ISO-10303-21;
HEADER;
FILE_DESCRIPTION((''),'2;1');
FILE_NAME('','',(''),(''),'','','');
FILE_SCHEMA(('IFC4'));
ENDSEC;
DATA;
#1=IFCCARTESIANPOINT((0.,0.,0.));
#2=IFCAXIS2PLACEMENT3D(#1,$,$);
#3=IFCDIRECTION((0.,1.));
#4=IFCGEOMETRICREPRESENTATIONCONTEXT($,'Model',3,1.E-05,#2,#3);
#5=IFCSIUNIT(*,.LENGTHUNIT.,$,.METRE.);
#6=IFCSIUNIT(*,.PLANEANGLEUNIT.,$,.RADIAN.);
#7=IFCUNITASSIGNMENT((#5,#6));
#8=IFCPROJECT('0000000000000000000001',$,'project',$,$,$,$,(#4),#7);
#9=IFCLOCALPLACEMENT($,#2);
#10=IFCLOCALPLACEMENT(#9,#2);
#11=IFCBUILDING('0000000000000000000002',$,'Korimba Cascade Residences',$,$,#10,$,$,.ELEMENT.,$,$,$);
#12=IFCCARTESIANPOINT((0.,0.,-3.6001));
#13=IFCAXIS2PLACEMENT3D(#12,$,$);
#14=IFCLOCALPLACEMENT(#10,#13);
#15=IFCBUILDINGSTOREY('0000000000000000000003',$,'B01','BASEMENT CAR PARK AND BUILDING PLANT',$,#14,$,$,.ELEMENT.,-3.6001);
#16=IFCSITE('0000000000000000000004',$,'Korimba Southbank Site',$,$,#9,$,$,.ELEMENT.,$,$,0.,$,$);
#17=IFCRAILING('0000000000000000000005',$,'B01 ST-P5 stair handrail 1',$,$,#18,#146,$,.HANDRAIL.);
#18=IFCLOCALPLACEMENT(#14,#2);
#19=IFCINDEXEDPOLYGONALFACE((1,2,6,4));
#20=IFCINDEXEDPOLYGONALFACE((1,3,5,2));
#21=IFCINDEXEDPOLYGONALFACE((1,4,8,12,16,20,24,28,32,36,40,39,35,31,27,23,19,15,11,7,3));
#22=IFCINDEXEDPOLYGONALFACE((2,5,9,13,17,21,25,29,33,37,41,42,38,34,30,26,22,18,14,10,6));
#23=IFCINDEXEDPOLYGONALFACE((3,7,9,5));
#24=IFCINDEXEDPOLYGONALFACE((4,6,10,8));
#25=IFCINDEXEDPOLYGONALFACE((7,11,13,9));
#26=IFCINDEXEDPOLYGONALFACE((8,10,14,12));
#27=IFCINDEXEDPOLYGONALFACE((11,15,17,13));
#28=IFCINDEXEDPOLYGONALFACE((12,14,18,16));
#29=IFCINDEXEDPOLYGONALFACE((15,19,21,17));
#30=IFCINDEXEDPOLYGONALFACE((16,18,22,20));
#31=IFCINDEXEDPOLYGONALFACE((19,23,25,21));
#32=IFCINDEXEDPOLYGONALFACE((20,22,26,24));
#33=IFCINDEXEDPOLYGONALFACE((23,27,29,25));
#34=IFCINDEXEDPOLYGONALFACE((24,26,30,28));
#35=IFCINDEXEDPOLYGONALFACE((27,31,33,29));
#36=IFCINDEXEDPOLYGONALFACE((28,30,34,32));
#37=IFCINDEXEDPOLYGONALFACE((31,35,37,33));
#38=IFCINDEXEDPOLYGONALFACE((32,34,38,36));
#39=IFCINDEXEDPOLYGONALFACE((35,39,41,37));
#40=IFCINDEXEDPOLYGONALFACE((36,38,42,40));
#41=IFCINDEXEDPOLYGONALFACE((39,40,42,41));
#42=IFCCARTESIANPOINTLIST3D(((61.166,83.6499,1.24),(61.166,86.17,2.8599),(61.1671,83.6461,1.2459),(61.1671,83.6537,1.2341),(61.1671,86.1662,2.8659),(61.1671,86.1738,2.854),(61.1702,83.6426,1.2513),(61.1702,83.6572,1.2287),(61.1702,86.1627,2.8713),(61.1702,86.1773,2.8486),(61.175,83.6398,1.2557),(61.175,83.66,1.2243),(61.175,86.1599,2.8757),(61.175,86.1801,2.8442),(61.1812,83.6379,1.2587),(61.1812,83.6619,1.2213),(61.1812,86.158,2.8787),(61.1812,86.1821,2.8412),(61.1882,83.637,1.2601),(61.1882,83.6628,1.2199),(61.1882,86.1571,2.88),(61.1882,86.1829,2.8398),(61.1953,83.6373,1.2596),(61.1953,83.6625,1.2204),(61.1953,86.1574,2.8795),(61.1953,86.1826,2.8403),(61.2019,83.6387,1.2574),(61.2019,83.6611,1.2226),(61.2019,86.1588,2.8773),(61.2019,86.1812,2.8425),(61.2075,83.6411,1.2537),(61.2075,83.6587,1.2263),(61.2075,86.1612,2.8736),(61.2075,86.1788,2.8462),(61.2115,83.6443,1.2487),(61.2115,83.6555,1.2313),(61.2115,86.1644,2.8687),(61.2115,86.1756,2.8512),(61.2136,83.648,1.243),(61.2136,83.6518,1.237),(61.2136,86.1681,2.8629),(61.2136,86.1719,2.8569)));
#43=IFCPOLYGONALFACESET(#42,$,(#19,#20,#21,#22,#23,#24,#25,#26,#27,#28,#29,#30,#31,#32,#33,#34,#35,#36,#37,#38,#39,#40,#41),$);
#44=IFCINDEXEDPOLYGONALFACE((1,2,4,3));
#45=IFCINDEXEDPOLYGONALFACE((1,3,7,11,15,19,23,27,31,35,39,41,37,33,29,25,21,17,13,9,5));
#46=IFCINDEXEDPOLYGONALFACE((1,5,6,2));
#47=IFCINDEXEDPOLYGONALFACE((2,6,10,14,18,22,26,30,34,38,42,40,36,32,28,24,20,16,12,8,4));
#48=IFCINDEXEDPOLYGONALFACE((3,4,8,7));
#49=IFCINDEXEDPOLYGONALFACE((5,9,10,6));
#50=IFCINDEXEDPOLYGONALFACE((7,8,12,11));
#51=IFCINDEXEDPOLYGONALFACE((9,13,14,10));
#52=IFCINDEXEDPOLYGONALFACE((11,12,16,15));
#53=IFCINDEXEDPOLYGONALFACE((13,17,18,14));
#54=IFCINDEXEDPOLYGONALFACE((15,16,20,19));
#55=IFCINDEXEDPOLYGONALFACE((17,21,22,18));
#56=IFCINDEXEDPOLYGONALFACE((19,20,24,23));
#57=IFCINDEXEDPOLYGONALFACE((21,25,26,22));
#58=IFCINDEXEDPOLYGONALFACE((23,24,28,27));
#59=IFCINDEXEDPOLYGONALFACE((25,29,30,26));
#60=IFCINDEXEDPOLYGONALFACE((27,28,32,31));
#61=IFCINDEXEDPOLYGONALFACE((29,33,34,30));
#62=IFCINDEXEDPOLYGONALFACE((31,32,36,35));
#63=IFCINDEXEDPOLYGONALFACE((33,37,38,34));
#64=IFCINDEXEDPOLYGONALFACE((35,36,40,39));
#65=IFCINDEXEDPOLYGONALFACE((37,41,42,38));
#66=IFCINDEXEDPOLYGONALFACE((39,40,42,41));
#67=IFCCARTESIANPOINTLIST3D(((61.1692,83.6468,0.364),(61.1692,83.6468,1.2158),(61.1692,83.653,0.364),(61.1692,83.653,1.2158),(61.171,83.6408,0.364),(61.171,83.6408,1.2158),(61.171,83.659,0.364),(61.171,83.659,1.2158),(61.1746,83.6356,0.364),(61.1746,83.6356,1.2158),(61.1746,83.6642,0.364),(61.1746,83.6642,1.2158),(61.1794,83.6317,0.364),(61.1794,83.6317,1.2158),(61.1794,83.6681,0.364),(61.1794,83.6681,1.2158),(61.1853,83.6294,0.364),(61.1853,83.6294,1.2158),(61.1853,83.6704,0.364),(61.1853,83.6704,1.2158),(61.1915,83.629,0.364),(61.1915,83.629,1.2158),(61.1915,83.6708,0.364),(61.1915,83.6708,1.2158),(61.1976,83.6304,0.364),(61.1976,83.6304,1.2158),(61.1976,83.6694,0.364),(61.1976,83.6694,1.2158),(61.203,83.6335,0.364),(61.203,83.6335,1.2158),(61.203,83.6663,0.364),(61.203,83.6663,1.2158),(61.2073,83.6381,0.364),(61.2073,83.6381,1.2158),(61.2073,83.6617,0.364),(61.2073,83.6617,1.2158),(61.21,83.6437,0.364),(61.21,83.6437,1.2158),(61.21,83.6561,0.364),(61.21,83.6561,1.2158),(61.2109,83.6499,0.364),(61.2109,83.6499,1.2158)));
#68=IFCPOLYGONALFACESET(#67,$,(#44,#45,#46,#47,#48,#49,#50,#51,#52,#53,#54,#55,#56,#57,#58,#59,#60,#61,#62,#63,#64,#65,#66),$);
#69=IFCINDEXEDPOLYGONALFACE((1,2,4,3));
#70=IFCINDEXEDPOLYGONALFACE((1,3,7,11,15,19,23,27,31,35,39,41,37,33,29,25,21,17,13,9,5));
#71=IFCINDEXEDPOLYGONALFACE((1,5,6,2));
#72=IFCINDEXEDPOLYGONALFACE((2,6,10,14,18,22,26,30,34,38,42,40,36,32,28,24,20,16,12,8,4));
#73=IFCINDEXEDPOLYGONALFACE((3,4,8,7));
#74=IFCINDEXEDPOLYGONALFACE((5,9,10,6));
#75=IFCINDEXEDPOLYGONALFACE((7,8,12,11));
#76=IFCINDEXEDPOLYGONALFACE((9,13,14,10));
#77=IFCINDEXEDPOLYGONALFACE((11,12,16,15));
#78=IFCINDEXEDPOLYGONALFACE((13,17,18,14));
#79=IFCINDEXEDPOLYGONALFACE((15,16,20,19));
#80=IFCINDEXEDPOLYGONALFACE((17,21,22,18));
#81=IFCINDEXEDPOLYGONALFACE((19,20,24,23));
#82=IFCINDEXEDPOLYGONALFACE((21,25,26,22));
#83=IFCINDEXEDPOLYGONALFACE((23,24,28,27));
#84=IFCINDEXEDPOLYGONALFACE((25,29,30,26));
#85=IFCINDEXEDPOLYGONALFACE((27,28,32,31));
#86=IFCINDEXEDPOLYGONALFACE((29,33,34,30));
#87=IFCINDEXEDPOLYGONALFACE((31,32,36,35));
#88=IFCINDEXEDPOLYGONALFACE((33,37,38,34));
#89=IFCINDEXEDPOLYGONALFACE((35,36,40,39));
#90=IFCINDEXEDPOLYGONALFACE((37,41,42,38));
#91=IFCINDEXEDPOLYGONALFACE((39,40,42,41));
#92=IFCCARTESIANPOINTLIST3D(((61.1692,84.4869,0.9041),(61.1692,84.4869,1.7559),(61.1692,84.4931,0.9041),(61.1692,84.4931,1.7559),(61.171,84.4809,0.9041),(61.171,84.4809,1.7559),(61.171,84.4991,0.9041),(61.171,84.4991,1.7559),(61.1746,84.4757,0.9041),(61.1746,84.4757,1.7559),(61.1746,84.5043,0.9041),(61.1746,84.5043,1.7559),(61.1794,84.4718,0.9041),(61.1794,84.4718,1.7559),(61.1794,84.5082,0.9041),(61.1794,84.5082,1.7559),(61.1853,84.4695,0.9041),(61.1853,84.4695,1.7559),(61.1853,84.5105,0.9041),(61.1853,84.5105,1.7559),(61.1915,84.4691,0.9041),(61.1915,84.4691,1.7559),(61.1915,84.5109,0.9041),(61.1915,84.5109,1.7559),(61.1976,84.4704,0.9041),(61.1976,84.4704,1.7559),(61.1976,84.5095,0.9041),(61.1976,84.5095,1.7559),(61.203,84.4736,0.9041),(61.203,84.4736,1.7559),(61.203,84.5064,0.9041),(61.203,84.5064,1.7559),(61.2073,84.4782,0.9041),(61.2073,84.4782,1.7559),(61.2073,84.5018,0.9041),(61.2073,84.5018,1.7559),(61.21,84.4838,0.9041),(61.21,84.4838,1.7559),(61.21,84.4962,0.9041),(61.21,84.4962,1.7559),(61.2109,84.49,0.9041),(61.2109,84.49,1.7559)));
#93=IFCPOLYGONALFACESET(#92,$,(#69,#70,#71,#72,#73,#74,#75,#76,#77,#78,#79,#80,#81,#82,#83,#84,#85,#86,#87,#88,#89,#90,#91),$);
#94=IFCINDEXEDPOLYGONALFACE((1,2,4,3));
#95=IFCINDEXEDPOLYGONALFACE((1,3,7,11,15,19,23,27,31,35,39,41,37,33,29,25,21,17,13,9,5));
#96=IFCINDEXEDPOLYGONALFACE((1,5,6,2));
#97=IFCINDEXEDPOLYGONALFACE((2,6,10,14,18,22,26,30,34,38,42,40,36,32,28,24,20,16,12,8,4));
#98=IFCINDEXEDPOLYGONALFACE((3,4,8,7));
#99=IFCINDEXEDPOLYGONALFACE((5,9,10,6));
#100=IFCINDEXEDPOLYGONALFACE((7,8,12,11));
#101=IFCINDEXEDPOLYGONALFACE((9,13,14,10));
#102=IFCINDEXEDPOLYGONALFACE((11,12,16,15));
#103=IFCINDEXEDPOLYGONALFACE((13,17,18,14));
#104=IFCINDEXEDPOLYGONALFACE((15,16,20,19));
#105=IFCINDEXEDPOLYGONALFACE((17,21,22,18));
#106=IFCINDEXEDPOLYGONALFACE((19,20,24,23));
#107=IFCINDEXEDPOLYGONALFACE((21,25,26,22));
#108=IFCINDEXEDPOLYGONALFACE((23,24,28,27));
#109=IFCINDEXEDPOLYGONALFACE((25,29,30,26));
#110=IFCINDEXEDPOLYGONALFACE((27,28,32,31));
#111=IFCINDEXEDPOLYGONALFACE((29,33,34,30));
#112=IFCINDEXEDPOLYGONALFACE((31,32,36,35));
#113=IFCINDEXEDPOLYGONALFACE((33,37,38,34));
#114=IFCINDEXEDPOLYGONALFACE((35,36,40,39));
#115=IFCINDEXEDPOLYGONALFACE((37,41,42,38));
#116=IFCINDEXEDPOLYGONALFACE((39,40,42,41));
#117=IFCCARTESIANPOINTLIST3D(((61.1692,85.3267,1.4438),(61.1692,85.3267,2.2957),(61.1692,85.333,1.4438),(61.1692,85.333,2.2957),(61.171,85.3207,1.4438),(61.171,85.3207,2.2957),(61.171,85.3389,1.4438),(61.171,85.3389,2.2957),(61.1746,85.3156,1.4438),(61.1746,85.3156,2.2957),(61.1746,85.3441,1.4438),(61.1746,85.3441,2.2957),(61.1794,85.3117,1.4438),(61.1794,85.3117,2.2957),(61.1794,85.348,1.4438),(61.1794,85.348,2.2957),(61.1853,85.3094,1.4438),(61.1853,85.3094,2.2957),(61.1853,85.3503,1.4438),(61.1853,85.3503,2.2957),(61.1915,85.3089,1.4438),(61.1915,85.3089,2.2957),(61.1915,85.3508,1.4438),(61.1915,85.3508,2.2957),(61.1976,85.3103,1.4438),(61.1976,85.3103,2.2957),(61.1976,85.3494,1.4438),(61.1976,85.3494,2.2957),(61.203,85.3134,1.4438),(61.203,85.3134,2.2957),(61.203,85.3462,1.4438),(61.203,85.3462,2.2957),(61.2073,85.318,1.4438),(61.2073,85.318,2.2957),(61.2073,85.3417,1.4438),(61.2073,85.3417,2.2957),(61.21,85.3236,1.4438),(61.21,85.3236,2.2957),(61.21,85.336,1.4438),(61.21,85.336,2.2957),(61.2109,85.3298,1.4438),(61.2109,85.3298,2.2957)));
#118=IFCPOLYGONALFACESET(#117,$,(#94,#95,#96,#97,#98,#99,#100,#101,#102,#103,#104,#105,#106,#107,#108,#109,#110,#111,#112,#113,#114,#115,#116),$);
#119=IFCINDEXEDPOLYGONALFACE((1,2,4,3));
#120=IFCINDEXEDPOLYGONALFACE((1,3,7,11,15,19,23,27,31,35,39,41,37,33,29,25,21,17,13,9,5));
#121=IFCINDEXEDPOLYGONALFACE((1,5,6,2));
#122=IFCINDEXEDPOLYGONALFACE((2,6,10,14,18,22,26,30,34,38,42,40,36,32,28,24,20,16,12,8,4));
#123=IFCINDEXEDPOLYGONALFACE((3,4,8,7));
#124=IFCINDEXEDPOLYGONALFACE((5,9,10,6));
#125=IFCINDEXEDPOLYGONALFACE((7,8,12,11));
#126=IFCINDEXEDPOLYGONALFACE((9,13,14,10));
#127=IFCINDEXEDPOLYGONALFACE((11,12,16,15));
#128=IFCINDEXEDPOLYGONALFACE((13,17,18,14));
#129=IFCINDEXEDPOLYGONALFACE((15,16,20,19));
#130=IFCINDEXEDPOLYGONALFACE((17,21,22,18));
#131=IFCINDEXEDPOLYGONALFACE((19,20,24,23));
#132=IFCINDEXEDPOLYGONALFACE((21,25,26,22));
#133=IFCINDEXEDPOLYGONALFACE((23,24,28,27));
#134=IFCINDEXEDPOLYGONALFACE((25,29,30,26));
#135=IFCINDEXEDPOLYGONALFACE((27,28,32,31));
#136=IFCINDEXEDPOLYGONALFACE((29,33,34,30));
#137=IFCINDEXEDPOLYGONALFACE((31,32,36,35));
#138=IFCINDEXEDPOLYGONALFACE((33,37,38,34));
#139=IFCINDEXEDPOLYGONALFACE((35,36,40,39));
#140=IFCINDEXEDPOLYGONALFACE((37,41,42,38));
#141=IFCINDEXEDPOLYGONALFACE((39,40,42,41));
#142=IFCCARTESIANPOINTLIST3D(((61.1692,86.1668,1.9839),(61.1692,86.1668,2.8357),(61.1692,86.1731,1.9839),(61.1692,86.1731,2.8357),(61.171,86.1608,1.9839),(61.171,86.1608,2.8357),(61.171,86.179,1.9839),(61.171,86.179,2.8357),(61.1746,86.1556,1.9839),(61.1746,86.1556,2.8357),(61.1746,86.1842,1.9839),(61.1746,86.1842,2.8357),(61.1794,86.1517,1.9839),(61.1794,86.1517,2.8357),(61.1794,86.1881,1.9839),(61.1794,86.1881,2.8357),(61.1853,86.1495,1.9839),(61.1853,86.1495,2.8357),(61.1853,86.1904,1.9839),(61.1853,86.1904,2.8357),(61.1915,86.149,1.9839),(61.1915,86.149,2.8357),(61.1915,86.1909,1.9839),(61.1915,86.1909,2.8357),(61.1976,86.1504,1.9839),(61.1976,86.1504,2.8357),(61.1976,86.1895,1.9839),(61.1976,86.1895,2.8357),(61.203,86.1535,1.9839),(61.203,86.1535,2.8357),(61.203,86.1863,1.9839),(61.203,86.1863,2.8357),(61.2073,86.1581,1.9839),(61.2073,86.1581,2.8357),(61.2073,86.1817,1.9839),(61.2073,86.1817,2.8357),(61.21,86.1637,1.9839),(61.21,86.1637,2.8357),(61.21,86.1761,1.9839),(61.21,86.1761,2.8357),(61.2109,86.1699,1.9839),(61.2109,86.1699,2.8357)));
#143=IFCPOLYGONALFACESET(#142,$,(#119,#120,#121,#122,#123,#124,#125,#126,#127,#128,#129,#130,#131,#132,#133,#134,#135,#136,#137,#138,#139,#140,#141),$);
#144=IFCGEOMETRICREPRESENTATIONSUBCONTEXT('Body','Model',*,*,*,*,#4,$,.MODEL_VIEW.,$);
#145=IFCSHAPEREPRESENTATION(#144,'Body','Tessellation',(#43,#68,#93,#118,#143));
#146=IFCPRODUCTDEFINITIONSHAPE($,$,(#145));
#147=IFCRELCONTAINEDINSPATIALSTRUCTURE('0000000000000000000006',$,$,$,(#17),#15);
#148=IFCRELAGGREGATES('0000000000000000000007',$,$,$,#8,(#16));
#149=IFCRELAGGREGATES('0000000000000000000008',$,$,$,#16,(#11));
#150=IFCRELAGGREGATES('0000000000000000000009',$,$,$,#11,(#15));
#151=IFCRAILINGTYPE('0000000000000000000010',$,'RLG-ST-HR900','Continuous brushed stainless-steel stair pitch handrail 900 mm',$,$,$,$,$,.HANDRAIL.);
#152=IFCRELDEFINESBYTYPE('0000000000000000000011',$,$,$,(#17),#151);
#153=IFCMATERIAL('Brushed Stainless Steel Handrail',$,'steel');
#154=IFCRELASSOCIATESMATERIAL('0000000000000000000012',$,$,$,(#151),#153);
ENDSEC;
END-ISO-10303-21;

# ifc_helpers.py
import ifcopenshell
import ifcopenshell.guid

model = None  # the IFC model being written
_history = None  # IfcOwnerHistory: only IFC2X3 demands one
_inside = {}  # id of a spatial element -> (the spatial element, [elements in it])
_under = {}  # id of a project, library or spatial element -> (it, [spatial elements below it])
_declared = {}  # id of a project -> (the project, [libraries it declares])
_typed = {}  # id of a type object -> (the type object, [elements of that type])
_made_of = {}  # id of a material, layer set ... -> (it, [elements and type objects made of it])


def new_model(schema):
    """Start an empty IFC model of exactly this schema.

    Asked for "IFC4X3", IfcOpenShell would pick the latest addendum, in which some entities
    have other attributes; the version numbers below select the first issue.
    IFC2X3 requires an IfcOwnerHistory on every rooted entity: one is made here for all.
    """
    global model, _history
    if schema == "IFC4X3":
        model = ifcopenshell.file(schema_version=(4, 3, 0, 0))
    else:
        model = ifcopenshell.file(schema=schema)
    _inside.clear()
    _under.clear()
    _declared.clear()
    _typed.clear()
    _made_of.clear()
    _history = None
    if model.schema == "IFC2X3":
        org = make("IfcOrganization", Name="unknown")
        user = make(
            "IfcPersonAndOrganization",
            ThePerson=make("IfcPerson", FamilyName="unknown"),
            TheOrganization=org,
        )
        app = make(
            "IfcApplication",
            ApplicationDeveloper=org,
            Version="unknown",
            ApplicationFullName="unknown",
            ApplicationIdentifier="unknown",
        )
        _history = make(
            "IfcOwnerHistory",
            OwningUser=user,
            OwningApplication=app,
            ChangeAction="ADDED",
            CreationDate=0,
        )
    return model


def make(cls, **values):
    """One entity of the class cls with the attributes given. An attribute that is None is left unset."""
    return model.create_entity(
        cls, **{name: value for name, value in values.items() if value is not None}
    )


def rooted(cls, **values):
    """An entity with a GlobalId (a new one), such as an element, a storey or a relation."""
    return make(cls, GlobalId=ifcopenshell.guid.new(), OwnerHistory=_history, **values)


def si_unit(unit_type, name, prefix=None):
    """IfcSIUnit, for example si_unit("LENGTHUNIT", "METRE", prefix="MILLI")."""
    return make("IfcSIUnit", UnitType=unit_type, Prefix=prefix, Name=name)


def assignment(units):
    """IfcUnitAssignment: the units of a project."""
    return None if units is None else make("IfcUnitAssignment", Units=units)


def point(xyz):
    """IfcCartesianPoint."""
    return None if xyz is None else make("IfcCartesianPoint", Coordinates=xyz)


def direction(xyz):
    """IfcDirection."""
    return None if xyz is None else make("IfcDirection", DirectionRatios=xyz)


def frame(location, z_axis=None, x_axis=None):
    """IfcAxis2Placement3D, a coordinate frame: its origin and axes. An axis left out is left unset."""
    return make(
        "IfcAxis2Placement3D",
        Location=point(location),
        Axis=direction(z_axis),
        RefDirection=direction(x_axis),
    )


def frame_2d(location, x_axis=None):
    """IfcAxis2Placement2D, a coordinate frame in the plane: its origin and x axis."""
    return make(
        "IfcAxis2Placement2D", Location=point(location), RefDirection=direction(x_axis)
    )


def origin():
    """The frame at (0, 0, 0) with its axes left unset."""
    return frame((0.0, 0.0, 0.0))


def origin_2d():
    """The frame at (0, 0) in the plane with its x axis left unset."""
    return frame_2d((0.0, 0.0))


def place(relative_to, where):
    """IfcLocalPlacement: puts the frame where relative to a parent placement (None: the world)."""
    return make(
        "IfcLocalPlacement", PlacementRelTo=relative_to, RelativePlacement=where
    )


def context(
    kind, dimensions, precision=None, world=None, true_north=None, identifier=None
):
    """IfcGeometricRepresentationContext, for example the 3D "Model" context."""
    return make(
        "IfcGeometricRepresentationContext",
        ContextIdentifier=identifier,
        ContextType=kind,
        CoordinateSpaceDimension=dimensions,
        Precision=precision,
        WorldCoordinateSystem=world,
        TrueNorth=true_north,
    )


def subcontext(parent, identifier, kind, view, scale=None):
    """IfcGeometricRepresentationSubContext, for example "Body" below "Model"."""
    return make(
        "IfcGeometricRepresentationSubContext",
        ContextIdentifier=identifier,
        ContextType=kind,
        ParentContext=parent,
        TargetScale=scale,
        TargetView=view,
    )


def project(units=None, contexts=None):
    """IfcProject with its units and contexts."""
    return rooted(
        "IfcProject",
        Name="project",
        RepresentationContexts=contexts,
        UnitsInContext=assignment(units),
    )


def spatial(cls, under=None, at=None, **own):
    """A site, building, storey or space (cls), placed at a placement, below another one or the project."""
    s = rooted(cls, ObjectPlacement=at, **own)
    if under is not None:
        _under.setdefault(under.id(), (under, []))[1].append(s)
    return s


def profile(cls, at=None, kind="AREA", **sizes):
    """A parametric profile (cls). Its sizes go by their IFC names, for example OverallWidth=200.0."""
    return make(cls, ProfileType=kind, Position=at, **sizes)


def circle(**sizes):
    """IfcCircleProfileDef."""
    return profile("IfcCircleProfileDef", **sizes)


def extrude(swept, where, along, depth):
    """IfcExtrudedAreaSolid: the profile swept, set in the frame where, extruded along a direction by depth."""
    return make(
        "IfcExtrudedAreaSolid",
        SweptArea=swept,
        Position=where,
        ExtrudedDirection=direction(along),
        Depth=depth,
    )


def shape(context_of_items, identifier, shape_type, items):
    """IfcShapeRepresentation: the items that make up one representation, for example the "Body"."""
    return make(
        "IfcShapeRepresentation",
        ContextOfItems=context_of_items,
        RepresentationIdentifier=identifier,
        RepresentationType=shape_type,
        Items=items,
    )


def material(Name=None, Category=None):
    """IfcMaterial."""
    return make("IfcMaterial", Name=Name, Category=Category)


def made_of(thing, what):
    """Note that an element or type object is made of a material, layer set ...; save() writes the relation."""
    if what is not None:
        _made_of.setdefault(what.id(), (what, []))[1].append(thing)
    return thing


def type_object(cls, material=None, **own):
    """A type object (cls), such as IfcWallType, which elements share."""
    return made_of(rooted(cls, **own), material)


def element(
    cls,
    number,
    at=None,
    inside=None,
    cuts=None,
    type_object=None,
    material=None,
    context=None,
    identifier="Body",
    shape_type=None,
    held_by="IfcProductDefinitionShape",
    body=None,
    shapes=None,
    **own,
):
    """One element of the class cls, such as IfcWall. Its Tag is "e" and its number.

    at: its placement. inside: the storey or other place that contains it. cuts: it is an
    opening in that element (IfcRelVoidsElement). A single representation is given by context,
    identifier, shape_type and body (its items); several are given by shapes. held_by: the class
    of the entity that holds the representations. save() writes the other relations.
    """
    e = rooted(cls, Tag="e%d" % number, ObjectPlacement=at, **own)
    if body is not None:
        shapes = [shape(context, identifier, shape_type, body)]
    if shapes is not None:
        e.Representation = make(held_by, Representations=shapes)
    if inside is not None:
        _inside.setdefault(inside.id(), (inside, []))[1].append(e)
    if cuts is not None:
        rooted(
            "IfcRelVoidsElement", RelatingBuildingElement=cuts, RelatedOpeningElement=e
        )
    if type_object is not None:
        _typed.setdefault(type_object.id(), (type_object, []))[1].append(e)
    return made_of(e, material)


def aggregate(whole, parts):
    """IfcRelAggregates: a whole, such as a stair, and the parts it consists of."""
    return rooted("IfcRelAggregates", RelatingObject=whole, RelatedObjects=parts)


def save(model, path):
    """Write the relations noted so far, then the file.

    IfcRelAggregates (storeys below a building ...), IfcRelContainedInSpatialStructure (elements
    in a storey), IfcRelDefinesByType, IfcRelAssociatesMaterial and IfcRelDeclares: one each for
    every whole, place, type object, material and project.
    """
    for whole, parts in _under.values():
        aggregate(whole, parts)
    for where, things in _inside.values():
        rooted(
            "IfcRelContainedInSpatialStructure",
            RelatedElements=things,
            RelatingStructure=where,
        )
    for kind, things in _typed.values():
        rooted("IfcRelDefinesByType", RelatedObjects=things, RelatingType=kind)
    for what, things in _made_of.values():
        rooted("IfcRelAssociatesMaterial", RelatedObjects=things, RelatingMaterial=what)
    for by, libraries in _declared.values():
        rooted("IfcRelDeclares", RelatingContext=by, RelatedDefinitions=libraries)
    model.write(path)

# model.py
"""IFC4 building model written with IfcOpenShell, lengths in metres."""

from ifc_helpers import new_model, si_unit, direction, frame, origin, origin_2d, place, context, subcontext, project, spatial, circle, extrude, material, type_object, element, save


model = new_model("IFC4")

# Units and contexts
model_context = context("Model", 3, precision=1e-05, world=origin(), true_north=direction((0.0, 1.0)))
body_context = subcontext(model_context, "Body", "Model", "MODEL_VIEW")
ifc_project = project(units=[si_unit("LENGTHUNIT", "METRE"), si_unit("PLANEANGLEUNIT", "RADIAN")], contexts=[model_context])

# Site, building, storey
site_placement = place(None, origin())
site = spatial("IfcSite", under=ifc_project, at=site_placement, Name="Korimba Southbank Site", CompositionType="ELEMENT", RefElevation=0.0)
building_placement = place(site_placement, origin())
building = spatial("IfcBuilding", under=site, at=building_placement, Name="Korimba Cascade Residences", CompositionType="ELEMENT")
storey_placement = place(building_placement, frame((0.0, 0.0, -3.6001)))
storey = spatial("IfcBuildingStorey", under=building, at=storey_placement, Name="B01", Description="BASEMENT CAR PARK AND BUILDING PLANT", CompositionType="ELEMENT", Elevation=-3.6001)

# Railing
ifc_material_1 = material(Name="Brushed Stainless Steel Handrail", Category="steel")
railing_type_1 = type_object("IfcRailingType", Name="RLG-ST-HR900", Description="Continuous brushed stainless-steel stair pitch handrail 900 mm", PredefinedType="HANDRAIL", material=ifc_material_1)
railing_1_placement = place(storey_placement, frame((61.1899, 83.6499, 0.364)))
element("IfcRailing", 1, at=railing_1_placement, inside=storey, type_object=railing_type_1, Name="B01 ST-P5 stair handrail 1", PredefinedType="HANDRAIL", context=body_context, shape_type="SweptSolid", body=[
    extrude(circle(Radius=0.0239, at=origin_2d()), frame((0.0, 0.0, 0.876), z_axis=(0.0, 0.8412, 0.540725), x_axis=(-1.0, 0.0, 0.0)), (0.0, 0.0, 1.0), 2.9958),
    extrude(circle(Radius=0.021, at=origin_2d()), origin(), (0.0, 0.0, 1.0), 0.8518),
    extrude(circle(Radius=0.021, at=origin_2d()), frame((0.0, 0.8401, 0.54)), (0.0, 0.0, 1.0), 0.8518),
    extrude(circle(Radius=0.021, at=origin_2d()), frame((0.0, 1.6799, 1.0798)), (0.0, 0.0, 1.0), 0.8518),
    extrude(circle(Radius=0.021, at=origin_2d()), frame((0.0, 2.52, 1.6199)), (0.0, 0.0, 1.0), 0.8518),
])

save(model, "model.ifc")
